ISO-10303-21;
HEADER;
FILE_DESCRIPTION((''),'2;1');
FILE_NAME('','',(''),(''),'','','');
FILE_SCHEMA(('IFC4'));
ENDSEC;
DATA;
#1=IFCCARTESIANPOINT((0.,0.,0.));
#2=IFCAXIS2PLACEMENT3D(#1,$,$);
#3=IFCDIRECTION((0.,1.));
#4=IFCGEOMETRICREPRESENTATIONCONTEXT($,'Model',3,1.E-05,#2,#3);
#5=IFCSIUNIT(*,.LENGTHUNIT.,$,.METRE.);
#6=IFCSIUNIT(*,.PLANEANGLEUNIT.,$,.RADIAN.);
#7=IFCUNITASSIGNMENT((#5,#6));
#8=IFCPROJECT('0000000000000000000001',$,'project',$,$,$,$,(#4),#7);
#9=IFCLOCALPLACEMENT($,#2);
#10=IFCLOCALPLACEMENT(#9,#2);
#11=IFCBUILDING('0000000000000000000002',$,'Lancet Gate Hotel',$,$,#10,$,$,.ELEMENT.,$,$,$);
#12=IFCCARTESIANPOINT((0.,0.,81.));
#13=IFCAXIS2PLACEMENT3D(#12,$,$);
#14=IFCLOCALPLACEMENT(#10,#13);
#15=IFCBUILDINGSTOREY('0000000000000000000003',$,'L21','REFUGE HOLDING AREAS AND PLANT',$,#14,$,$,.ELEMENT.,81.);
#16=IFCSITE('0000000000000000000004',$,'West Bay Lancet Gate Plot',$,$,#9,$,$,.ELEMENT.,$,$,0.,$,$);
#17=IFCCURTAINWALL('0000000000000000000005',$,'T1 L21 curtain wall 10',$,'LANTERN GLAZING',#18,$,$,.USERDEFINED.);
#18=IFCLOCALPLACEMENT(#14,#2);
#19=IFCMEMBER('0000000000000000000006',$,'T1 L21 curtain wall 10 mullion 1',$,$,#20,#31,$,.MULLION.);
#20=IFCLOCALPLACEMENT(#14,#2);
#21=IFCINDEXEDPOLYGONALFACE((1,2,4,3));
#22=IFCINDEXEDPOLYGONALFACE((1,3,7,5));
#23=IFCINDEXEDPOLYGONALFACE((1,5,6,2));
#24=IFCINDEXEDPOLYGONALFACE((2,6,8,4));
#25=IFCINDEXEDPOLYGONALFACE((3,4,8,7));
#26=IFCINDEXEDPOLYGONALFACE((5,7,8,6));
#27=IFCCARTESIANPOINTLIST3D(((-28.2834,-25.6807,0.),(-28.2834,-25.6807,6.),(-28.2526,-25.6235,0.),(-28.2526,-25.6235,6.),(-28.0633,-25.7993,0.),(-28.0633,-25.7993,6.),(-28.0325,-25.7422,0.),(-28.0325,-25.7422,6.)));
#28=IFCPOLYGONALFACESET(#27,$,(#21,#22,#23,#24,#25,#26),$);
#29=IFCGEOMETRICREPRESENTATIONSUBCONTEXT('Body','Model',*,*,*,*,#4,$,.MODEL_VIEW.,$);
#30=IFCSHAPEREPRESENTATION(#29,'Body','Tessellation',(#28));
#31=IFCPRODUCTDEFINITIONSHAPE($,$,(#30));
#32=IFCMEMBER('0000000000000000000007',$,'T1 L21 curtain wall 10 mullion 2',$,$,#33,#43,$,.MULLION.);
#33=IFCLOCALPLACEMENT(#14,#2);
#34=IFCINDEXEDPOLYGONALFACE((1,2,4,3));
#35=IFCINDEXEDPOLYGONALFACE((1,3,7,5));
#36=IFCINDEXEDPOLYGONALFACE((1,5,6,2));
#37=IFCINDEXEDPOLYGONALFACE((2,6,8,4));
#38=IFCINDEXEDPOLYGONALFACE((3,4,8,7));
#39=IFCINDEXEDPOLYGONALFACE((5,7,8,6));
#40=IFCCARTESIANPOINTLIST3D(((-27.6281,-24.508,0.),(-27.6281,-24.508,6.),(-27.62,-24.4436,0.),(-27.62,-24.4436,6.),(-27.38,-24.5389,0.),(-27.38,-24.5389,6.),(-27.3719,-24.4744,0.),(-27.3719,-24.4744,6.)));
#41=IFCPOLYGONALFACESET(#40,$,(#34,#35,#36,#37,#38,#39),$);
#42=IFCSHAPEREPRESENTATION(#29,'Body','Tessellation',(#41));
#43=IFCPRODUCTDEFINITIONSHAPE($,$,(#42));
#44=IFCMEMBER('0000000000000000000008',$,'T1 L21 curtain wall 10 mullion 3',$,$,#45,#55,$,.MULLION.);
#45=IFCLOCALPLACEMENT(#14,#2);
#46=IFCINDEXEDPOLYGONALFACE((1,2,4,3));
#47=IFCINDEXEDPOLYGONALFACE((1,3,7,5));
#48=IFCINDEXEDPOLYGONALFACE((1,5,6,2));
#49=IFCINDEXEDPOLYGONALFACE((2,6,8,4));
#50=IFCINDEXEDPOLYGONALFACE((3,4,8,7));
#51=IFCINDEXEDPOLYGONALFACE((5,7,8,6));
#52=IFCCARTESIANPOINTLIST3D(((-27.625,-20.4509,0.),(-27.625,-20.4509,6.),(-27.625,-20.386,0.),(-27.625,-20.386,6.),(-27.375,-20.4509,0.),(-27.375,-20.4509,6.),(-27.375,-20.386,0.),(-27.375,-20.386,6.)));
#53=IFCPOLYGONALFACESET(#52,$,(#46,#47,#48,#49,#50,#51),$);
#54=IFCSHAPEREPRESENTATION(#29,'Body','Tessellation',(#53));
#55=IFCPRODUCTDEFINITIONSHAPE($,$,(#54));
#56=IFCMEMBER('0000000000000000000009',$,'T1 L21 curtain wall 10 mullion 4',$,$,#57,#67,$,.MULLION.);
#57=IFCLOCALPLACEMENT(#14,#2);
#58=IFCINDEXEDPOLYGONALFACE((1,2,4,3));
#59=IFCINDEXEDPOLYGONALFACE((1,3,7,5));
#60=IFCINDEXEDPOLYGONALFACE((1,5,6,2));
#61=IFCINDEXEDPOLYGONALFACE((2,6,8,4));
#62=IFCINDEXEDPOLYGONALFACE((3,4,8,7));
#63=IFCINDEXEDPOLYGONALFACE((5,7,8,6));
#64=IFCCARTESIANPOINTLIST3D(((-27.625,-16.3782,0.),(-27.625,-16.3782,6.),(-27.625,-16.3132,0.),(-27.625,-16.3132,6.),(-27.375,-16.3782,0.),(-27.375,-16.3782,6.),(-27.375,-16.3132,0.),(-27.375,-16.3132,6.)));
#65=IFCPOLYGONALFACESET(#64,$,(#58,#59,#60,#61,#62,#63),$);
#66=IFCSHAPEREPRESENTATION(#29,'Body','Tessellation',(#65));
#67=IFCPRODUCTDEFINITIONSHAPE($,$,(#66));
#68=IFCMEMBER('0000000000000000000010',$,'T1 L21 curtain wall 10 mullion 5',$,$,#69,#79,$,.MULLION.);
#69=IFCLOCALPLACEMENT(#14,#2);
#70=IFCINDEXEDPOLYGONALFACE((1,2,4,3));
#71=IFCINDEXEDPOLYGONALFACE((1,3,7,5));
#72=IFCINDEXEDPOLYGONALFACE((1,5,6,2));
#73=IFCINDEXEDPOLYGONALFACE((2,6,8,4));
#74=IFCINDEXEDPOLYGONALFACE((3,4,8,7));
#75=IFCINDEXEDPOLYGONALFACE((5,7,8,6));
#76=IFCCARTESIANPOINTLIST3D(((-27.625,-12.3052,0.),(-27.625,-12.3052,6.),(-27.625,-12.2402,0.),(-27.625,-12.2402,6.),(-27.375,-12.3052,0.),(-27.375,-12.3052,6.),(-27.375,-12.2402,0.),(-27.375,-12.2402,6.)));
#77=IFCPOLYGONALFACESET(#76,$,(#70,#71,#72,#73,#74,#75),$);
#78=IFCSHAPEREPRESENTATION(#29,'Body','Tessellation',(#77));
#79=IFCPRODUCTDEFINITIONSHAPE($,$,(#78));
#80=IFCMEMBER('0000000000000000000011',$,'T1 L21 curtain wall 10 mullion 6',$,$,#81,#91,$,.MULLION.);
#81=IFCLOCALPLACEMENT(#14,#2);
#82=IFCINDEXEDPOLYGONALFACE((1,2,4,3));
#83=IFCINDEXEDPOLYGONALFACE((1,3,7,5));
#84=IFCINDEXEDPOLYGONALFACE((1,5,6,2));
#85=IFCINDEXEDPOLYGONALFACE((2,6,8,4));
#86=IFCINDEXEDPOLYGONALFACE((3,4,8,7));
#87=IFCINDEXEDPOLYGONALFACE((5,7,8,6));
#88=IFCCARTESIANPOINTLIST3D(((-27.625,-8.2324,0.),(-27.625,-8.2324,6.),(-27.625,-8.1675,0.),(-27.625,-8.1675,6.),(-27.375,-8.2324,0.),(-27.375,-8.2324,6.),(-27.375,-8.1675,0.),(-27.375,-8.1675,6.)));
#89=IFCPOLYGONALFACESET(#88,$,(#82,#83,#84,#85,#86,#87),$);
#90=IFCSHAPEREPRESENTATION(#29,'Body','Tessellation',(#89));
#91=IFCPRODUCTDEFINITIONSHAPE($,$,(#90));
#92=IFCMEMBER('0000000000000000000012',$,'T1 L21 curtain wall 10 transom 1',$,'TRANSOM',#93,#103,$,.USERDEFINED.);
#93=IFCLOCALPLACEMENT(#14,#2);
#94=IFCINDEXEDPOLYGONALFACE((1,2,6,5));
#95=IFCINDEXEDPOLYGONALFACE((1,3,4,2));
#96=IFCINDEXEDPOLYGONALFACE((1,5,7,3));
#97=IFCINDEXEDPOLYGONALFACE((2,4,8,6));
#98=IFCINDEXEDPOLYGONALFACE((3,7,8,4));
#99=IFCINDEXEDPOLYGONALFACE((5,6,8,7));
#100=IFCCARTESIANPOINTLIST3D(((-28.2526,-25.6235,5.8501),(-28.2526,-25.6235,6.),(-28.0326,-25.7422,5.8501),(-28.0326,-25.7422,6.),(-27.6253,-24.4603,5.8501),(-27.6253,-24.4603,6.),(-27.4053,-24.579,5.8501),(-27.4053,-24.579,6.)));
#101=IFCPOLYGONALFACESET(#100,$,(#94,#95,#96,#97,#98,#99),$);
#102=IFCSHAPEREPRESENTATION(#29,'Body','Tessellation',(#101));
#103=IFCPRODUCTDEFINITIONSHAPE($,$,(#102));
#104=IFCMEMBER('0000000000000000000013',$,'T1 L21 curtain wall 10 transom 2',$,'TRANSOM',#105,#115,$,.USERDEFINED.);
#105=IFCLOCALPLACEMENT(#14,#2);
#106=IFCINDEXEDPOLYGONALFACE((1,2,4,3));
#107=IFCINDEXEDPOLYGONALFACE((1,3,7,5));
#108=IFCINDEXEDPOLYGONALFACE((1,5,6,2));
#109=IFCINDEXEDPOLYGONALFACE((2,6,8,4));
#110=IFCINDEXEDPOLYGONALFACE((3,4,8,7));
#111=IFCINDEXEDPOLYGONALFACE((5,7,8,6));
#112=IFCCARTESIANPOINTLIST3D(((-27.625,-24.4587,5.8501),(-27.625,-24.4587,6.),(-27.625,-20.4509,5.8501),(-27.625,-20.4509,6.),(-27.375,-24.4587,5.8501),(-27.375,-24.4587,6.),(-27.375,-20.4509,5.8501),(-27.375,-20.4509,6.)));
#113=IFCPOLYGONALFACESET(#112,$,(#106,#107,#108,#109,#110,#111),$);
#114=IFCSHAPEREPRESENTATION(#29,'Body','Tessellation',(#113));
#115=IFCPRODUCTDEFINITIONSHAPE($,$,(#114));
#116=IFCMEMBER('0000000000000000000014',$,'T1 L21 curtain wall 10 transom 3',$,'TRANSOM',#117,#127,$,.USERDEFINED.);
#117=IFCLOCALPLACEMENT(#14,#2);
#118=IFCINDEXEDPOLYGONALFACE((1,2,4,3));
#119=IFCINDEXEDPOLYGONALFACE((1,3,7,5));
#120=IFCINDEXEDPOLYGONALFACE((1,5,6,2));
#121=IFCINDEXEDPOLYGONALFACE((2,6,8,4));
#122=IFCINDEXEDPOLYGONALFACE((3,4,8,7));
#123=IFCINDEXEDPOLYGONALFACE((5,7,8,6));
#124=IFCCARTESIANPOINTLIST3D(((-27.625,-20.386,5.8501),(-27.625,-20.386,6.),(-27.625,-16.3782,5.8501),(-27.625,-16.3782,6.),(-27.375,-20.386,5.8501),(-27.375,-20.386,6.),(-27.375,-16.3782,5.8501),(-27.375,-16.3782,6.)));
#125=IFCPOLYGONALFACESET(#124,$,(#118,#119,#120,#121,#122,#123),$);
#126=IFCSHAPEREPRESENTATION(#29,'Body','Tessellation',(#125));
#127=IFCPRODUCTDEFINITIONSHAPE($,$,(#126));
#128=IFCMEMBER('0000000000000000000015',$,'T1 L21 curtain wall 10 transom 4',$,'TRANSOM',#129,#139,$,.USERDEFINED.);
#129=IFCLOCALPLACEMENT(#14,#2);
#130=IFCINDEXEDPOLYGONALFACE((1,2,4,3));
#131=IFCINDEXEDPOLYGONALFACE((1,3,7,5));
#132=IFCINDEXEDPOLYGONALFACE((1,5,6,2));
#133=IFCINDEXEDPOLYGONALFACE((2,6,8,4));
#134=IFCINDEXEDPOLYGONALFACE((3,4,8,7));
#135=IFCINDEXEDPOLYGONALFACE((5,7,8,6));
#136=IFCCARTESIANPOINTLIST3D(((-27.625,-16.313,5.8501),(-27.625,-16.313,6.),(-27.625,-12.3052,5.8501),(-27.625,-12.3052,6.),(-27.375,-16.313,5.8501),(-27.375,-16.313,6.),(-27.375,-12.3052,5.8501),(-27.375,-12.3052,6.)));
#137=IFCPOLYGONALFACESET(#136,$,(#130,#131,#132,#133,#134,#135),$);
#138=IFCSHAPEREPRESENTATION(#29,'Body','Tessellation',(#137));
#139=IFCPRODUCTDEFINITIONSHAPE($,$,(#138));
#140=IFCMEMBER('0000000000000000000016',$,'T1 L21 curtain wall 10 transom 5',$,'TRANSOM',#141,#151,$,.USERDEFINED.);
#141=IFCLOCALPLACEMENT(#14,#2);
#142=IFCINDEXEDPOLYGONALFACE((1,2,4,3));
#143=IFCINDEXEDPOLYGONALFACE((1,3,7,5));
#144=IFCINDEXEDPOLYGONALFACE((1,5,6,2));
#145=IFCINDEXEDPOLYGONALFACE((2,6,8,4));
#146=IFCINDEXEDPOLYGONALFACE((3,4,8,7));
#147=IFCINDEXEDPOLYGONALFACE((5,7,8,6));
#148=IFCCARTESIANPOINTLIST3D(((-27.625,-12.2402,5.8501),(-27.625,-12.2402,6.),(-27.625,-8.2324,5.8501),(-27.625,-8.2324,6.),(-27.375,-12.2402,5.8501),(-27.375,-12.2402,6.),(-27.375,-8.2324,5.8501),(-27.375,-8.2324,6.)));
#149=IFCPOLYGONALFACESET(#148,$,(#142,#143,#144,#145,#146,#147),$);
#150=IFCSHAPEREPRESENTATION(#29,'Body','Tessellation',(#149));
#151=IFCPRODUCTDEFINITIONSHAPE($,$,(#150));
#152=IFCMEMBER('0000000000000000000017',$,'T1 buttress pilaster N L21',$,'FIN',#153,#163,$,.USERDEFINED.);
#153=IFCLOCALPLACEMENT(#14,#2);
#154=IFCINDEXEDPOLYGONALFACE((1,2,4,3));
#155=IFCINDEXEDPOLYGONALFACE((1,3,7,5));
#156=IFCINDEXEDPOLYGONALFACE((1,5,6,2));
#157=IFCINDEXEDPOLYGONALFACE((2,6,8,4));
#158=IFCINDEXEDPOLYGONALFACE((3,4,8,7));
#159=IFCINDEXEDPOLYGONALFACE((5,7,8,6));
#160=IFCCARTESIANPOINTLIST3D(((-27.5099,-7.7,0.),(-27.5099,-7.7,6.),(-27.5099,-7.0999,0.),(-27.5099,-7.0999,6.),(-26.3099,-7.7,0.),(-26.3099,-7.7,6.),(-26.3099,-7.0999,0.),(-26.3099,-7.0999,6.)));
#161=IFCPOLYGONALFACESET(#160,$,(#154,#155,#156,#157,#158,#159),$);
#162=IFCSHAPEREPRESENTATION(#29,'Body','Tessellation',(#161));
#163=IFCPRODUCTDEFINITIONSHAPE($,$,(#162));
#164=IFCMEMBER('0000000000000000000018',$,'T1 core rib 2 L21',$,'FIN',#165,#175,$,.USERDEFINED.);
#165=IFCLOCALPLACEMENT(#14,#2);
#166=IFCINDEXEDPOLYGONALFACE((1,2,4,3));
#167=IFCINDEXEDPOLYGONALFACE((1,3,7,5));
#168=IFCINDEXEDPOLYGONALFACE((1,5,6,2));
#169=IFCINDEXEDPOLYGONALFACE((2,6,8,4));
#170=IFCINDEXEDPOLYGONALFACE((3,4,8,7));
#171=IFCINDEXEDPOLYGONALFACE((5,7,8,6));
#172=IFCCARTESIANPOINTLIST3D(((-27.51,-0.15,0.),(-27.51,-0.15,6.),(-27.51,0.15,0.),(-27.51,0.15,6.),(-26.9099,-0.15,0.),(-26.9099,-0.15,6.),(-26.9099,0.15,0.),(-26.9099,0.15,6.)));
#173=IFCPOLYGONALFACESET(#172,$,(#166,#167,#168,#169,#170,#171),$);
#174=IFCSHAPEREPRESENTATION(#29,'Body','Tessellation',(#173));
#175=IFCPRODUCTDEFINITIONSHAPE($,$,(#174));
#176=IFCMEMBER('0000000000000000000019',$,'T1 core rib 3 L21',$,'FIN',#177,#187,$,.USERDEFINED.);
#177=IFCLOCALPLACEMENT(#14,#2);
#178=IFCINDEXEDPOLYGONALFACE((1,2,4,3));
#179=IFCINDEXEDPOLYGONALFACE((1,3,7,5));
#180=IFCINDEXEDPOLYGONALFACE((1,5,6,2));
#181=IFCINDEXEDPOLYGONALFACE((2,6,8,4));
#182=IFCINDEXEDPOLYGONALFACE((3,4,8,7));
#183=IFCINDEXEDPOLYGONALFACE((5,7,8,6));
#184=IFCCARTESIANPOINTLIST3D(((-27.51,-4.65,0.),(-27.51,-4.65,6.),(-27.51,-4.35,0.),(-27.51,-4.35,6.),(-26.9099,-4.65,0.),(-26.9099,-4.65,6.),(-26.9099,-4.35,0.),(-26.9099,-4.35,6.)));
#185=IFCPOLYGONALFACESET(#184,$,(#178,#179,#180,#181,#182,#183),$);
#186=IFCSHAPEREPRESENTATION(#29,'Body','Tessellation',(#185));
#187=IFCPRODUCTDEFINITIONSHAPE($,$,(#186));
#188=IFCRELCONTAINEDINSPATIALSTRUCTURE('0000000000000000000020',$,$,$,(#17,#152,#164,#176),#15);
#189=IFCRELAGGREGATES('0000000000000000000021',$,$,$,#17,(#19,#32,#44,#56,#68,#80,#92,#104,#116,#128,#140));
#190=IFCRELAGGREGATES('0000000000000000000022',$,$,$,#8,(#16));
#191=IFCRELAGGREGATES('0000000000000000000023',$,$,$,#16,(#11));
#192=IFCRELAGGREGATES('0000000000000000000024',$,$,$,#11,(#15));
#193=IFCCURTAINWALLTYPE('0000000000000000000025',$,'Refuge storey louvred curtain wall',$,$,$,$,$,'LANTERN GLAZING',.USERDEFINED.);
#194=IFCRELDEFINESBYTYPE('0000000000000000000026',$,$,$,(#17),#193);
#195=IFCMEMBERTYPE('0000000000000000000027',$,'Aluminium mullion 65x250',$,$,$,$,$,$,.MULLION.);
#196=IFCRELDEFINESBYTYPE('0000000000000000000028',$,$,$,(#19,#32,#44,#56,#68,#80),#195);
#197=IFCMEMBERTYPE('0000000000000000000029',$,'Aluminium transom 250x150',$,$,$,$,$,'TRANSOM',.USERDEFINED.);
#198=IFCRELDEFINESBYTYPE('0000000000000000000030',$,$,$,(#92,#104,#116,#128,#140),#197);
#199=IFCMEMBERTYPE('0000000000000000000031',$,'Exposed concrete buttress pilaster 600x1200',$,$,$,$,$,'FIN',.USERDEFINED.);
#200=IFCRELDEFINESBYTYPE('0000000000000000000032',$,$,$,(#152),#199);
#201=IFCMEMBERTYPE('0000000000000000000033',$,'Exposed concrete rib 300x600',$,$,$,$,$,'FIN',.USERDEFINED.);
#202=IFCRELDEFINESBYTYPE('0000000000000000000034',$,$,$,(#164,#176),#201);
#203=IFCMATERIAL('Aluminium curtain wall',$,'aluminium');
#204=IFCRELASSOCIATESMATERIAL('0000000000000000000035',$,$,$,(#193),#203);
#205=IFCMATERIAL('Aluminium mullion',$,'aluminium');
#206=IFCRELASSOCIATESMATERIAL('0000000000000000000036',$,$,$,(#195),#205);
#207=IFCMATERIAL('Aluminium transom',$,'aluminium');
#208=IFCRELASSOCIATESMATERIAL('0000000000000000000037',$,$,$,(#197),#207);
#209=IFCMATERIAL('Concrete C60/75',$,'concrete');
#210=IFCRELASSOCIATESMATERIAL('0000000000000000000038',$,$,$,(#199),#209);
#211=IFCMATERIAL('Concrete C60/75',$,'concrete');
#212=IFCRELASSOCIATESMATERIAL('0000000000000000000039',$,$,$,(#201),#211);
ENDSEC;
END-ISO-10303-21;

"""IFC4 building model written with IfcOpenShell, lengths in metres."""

from ifc_helpers import new_model, si_unit, direction, frame, origin, origin_2d, place, context, subcontext, project, spatial, rectangle, extrude, material, material_profile, profile_set, type_object, element, aggregate, save


model = new_model("IFC4")

# Units and contexts
model_context = context("Model", 3, precision=1e-05, world=origin(), true_north=direction((0.0, 1.0)))
body_context = subcontext(model_context, "Body", "Model", "MODEL_VIEW")
ifc_project = project(units=[si_unit("LENGTHUNIT", "METRE"), si_unit("PLANEANGLEUNIT", "RADIAN")], contexts=[model_context])

# Site, building, storey
site_placement = place(None, origin())
site = spatial("IfcSite", under=ifc_project, at=site_placement, Name="West Bay Lancet Gate Plot", CompositionType="ELEMENT", RefElevation=0.0)
building_placement = place(site_placement, origin())
building = spatial("IfcBuilding", under=site, at=building_placement, Name="Lancet Gate Hotel", CompositionType="ELEMENT")
storey_placement = place(building_placement, frame((0.0, 0.0, 81.0)))
storey = spatial("IfcBuildingStorey", under=building, at=storey_placement, Name="L21", Description="REFUGE HOLDING AREAS AND PLANT", CompositionType="ELEMENT", Elevation=81.0)

# Curtain wall, members
ifc_material_1 = material(Name="Aluminium curtain wall", Category="aluminium")
curtain_wall_type = type_object("IfcCurtainWallType", Name="Refuge storey louvred curtain wall", ElementType="LANTERN GLAZING", PredefinedType="USERDEFINED", material=ifc_material_1)
curtain_wall_placement = place(storey_placement, origin())
curtain_wall = element("IfcCurtainWall", 1, at=curtain_wall_placement, inside=storey, type_object=curtain_wall_type, Name="T1 L21 curtain wall 10", ObjectType="LANTERN GLAZING", PredefinedType="USERDEFINED")
ifc_material_2 = material(Name="Aluminium mullion", Category="aluminium")
ifc_material_profile_1 = material_profile(ifc_material_2, rectangle(XDim=0.0649, YDim=0.25, at=origin_2d()), Name="MULLION 65x250")
ifc_profile_set_1 = profile_set([ifc_material_profile_1], Name="Aluminium mullion")
member_type_1 = type_object("IfcMemberType", Name="Aluminium mullion 65x250", PredefinedType="MULLION", material=ifc_profile_set_1)
member_1_placement = place(storey_placement, frame((-28.158, -25.7114, 0.0), z_axis=(0.0, 0.0, 1.0), x_axis=(0.474631, 0.880185, 0.0)))
member_1 = element("IfcMember", 2, at=member_1_placement, type_object=member_type_1, Name="T1 L21 curtain wall 10 mullion 1", PredefinedType="MULLION", context=body_context, shape_type="SweptSolid", body=[
    extrude(rectangle(XDim=0.0649, YDim=0.25, at=origin_2d()), origin(), (0.0, 0.0, 1.0), 6.0),
])
member_2_placement = place(storey_placement, frame((-27.5, -24.4912, 0.0), z_axis=(0.0, 0.0, 1.0), x_axis=(0.123364, 0.992362, 0.0)))
member_2 = element("IfcMember", 3, at=member_2_placement, type_object=member_type_1, Name="T1 L21 curtain wall 10 mullion 2", PredefinedType="MULLION", context=body_context, shape_type="SweptSolid", body=[
    extrude(rectangle(XDim=0.0649, YDim=0.25, at=origin_2d()), origin(), (0.0, 0.0, 1.0), 6.0),
])
member_3_placement = place(storey_placement, frame((-27.5, -20.4185, 0.0), z_axis=(0.0, 0.0, 1.0), x_axis=(0.0, 1.0, 0.0)))
member_3 = element("IfcMember", 4, at=member_3_placement, type_object=member_type_1, Name="T1 L21 curtain wall 10 mullion 3", PredefinedType="MULLION", context=body_context, shape_type="SweptSolid", body=[
    extrude(rectangle(XDim=0.0649, YDim=0.25, at=origin_2d()), origin(), (0.0, 0.0, 1.0), 6.0),
])
member_4_placement = place(storey_placement, frame((-27.5, -16.3457, 0.0), z_axis=(0.0, 0.0, 1.0), x_axis=(0.0, 1.0, 0.0)))
member_4 = element("IfcMember", 5, at=member_4_placement, type_object=member_type_1, Name="T1 L21 curtain wall 10 mullion 4", PredefinedType="MULLION", context=body_context, shape_type="SweptSolid", body=[
    extrude(rectangle(XDim=0.0649, YDim=0.25, at=origin_2d()), origin(), (0.0, 0.0, 1.0), 6.0),
])
member_5_placement = place(storey_placement, frame((-27.5, -12.2727, 0.0), z_axis=(0.0, 0.0, 1.0), x_axis=(0.0, 1.0, 0.0)))
member_5 = element("IfcMember", 6, at=member_5_placement, type_object=member_type_1, Name="T1 L21 curtain wall 10 mullion 5", PredefinedType="MULLION", context=body_context, shape_type="SweptSolid", body=[
    extrude(rectangle(XDim=0.0649, YDim=0.25, at=origin_2d()), origin(), (0.0, 0.0, 1.0), 6.0),
])
member_6_placement = place(storey_placement, frame((-27.5, -8.2, 0.0), z_axis=(0.0, 0.0, 1.0), x_axis=(0.0, 1.0, 0.0)))
member_6 = element("IfcMember", 7, at=member_6_placement, type_object=member_type_1, Name="T1 L21 curtain wall 10 mullion 6", PredefinedType="MULLION", context=body_context, shape_type="SweptSolid", body=[
    extrude(rectangle(XDim=0.0649, YDim=0.25, at=origin_2d()), origin(), (0.0, 0.0, 1.0), 6.0),
])
ifc_material_3 = material(Name="Aluminium transom", Category="aluminium")
ifc_material_profile_2 = material_profile(ifc_material_3, rectangle(XDim=0.25, YDim=0.1499, at=origin_2d()), Name="TRANSOM 250x150")
ifc_profile_set_2 = profile_set([ifc_material_profile_2], Name="Aluminium transom")
member_type_2 = type_object("IfcMemberType", Name="Aluminium transom 250x150", ElementType="TRANSOM", PredefinedType="USERDEFINED", material=ifc_profile_set_2)
member_7_placement = place(storey_placement, frame((-28.1426, -25.6829, 5.925), z_axis=(0.47464, 0.88018, 0.0), x_axis=(-0.88018, 0.47464, 0.0)))
member_7 = element("IfcMember", 8, at=member_7_placement, type_object=member_type_2, Name="T1 L21 curtain wall 10 transom 1", ObjectType="TRANSOM", PredefinedType="USERDEFINED", context=body_context, shape_type="SweptSolid", body=[
    extrude(rectangle(XDim=0.25, YDim=0.1499, at=origin_2d()), origin(), (0.0, 0.0, 1.0), 1.3215),
])
member_8_placement = place(storey_placement, frame((-27.5, -24.4587, 5.925), z_axis=(0.0, 1.0, 0.0), x_axis=(-1.0, 0.0, 0.0)))
member_8 = element("IfcMember", 9, at=member_8_placement, type_object=member_type_2, Name="T1 L21 curtain wall 10 transom 2", ObjectType="TRANSOM", PredefinedType="USERDEFINED", context=body_context, shape_type="SweptSolid", body=[
    extrude(rectangle(XDim=0.25, YDim=0.1499, at=origin_2d()), origin(), (0.0, 0.0, 1.0), 4.0078),
])
member_9_placement = place(storey_placement, frame((-27.5, -20.386, 5.925), z_axis=(0.0, 1.0, 0.0), x_axis=(-1.0, 0.0, 0.0)))
member_9 = element("IfcMember", 10, at=member_9_placement, type_object=member_type_2, Name="T1 L21 curtain wall 10 transom 3", ObjectType="TRANSOM", PredefinedType="USERDEFINED", context=body_context, shape_type="SweptSolid", body=[
    extrude(rectangle(XDim=0.25, YDim=0.1499, at=origin_2d()), origin(), (0.0, 0.0, 1.0), 4.0078),
])
member_10_placement = place(storey_placement, frame((-27.5, -16.313, 5.925), z_axis=(0.0, 1.0, 0.0), x_axis=(-1.0, 0.0, 0.0)))
member_10 = element("IfcMember", 11, at=member_10_placement, type_object=member_type_2, Name="T1 L21 curtain wall 10 transom 4", ObjectType="TRANSOM", PredefinedType="USERDEFINED", context=body_context, shape_type="SweptSolid", body=[
    extrude(rectangle(XDim=0.25, YDim=0.1499, at=origin_2d()), origin(), (0.0, 0.0, 1.0), 4.0078),
])
member_11_placement = place(storey_placement, frame((-27.5, -12.2402, 5.925), z_axis=(0.0, 1.0, 0.0), x_axis=(-1.0, 0.0, 0.0)))
member_11 = element("IfcMember", 12, at=member_11_placement, type_object=member_type_2, Name="T1 L21 curtain wall 10 transom 5", ObjectType="TRANSOM", PredefinedType="USERDEFINED", context=body_context, shape_type="SweptSolid", body=[
    extrude(rectangle(XDim=0.25, YDim=0.1499, at=origin_2d()), origin(), (0.0, 0.0, 1.0), 4.0078),
])

# Members
ifc_material_4 = material(Name="Concrete C60/75", Category="concrete")
ifc_material_profile_3 = material_profile(ifc_material_4, rectangle(XDim=0.6001, YDim=1.2, at=origin_2d()), Name="FIN 600x1200")
ifc_profile_set_3 = profile_set([ifc_material_profile_3], Name="Concrete C60/75")
member_type_3 = type_object("IfcMemberType", Name="Exposed concrete buttress pilaster 600x1200", ElementType="FIN", PredefinedType="USERDEFINED", material=ifc_profile_set_3)
member_12_placement = place(storey_placement, frame((-26.9099, -7.3999, 0.0), z_axis=(0.0, 0.0, 1.0), x_axis=(0.0, 1.0, 0.0)))
element("IfcMember", 13, at=member_12_placement, inside=storey, type_object=member_type_3, Name="T1 buttress pilaster N L21", ObjectType="FIN", PredefinedType="USERDEFINED", context=body_context, shape_type="SweptSolid", body=[
    extrude(rectangle(XDim=0.6001, YDim=1.2, at=origin_2d()), origin(), (0.0, 0.0, 1.0), 6.0),
])
ifc_material_5 = material(Name="Concrete C60/75", Category="concrete")
ifc_material_profile_4 = material_profile(ifc_material_5, rectangle(XDim=0.3, YDim=0.6001, at=origin_2d()), Name="FIN 300x600")
ifc_profile_set_4 = profile_set([ifc_material_profile_4], Name="Concrete C60/75")
member_type_4 = type_object("IfcMemberType", Name="Exposed concrete rib 300x600", ElementType="FIN", PredefinedType="USERDEFINED", material=ifc_profile_set_4)
for number, where, z_axis, x_axis, name in (
    (14, (-27.21, 0.0, 0.0), (0.0, 0.0, 1.0), (0.0, 1.0, 0.0), "T1 core rib 2 L21"),
    (15, (-27.21, -4.5, 0.0), (0.0, 0.0, 1.0), (0.0, 1.0, 0.0), "T1 core rib 3 L21"),
):
    element("IfcMember", number, at=place(storey_placement, frame(where, z_axis=z_axis, x_axis=x_axis)), inside=storey, type_object=member_type_4, Name=name, ObjectType="FIN", PredefinedType="USERDEFINED", context=body_context, shape_type="SweptSolid", body=[
        extrude(rectangle(XDim=0.3, YDim=0.6001, at=origin_2d()), origin(), (0.0, 0.0, 1.0), 6.0),
    ])

aggregate(curtain_wall, [member_1, member_2, member_3, member_4, member_5, member_6, member_7, member_8, member_9, member_10, member_11])

save(model, "model.ifc")
